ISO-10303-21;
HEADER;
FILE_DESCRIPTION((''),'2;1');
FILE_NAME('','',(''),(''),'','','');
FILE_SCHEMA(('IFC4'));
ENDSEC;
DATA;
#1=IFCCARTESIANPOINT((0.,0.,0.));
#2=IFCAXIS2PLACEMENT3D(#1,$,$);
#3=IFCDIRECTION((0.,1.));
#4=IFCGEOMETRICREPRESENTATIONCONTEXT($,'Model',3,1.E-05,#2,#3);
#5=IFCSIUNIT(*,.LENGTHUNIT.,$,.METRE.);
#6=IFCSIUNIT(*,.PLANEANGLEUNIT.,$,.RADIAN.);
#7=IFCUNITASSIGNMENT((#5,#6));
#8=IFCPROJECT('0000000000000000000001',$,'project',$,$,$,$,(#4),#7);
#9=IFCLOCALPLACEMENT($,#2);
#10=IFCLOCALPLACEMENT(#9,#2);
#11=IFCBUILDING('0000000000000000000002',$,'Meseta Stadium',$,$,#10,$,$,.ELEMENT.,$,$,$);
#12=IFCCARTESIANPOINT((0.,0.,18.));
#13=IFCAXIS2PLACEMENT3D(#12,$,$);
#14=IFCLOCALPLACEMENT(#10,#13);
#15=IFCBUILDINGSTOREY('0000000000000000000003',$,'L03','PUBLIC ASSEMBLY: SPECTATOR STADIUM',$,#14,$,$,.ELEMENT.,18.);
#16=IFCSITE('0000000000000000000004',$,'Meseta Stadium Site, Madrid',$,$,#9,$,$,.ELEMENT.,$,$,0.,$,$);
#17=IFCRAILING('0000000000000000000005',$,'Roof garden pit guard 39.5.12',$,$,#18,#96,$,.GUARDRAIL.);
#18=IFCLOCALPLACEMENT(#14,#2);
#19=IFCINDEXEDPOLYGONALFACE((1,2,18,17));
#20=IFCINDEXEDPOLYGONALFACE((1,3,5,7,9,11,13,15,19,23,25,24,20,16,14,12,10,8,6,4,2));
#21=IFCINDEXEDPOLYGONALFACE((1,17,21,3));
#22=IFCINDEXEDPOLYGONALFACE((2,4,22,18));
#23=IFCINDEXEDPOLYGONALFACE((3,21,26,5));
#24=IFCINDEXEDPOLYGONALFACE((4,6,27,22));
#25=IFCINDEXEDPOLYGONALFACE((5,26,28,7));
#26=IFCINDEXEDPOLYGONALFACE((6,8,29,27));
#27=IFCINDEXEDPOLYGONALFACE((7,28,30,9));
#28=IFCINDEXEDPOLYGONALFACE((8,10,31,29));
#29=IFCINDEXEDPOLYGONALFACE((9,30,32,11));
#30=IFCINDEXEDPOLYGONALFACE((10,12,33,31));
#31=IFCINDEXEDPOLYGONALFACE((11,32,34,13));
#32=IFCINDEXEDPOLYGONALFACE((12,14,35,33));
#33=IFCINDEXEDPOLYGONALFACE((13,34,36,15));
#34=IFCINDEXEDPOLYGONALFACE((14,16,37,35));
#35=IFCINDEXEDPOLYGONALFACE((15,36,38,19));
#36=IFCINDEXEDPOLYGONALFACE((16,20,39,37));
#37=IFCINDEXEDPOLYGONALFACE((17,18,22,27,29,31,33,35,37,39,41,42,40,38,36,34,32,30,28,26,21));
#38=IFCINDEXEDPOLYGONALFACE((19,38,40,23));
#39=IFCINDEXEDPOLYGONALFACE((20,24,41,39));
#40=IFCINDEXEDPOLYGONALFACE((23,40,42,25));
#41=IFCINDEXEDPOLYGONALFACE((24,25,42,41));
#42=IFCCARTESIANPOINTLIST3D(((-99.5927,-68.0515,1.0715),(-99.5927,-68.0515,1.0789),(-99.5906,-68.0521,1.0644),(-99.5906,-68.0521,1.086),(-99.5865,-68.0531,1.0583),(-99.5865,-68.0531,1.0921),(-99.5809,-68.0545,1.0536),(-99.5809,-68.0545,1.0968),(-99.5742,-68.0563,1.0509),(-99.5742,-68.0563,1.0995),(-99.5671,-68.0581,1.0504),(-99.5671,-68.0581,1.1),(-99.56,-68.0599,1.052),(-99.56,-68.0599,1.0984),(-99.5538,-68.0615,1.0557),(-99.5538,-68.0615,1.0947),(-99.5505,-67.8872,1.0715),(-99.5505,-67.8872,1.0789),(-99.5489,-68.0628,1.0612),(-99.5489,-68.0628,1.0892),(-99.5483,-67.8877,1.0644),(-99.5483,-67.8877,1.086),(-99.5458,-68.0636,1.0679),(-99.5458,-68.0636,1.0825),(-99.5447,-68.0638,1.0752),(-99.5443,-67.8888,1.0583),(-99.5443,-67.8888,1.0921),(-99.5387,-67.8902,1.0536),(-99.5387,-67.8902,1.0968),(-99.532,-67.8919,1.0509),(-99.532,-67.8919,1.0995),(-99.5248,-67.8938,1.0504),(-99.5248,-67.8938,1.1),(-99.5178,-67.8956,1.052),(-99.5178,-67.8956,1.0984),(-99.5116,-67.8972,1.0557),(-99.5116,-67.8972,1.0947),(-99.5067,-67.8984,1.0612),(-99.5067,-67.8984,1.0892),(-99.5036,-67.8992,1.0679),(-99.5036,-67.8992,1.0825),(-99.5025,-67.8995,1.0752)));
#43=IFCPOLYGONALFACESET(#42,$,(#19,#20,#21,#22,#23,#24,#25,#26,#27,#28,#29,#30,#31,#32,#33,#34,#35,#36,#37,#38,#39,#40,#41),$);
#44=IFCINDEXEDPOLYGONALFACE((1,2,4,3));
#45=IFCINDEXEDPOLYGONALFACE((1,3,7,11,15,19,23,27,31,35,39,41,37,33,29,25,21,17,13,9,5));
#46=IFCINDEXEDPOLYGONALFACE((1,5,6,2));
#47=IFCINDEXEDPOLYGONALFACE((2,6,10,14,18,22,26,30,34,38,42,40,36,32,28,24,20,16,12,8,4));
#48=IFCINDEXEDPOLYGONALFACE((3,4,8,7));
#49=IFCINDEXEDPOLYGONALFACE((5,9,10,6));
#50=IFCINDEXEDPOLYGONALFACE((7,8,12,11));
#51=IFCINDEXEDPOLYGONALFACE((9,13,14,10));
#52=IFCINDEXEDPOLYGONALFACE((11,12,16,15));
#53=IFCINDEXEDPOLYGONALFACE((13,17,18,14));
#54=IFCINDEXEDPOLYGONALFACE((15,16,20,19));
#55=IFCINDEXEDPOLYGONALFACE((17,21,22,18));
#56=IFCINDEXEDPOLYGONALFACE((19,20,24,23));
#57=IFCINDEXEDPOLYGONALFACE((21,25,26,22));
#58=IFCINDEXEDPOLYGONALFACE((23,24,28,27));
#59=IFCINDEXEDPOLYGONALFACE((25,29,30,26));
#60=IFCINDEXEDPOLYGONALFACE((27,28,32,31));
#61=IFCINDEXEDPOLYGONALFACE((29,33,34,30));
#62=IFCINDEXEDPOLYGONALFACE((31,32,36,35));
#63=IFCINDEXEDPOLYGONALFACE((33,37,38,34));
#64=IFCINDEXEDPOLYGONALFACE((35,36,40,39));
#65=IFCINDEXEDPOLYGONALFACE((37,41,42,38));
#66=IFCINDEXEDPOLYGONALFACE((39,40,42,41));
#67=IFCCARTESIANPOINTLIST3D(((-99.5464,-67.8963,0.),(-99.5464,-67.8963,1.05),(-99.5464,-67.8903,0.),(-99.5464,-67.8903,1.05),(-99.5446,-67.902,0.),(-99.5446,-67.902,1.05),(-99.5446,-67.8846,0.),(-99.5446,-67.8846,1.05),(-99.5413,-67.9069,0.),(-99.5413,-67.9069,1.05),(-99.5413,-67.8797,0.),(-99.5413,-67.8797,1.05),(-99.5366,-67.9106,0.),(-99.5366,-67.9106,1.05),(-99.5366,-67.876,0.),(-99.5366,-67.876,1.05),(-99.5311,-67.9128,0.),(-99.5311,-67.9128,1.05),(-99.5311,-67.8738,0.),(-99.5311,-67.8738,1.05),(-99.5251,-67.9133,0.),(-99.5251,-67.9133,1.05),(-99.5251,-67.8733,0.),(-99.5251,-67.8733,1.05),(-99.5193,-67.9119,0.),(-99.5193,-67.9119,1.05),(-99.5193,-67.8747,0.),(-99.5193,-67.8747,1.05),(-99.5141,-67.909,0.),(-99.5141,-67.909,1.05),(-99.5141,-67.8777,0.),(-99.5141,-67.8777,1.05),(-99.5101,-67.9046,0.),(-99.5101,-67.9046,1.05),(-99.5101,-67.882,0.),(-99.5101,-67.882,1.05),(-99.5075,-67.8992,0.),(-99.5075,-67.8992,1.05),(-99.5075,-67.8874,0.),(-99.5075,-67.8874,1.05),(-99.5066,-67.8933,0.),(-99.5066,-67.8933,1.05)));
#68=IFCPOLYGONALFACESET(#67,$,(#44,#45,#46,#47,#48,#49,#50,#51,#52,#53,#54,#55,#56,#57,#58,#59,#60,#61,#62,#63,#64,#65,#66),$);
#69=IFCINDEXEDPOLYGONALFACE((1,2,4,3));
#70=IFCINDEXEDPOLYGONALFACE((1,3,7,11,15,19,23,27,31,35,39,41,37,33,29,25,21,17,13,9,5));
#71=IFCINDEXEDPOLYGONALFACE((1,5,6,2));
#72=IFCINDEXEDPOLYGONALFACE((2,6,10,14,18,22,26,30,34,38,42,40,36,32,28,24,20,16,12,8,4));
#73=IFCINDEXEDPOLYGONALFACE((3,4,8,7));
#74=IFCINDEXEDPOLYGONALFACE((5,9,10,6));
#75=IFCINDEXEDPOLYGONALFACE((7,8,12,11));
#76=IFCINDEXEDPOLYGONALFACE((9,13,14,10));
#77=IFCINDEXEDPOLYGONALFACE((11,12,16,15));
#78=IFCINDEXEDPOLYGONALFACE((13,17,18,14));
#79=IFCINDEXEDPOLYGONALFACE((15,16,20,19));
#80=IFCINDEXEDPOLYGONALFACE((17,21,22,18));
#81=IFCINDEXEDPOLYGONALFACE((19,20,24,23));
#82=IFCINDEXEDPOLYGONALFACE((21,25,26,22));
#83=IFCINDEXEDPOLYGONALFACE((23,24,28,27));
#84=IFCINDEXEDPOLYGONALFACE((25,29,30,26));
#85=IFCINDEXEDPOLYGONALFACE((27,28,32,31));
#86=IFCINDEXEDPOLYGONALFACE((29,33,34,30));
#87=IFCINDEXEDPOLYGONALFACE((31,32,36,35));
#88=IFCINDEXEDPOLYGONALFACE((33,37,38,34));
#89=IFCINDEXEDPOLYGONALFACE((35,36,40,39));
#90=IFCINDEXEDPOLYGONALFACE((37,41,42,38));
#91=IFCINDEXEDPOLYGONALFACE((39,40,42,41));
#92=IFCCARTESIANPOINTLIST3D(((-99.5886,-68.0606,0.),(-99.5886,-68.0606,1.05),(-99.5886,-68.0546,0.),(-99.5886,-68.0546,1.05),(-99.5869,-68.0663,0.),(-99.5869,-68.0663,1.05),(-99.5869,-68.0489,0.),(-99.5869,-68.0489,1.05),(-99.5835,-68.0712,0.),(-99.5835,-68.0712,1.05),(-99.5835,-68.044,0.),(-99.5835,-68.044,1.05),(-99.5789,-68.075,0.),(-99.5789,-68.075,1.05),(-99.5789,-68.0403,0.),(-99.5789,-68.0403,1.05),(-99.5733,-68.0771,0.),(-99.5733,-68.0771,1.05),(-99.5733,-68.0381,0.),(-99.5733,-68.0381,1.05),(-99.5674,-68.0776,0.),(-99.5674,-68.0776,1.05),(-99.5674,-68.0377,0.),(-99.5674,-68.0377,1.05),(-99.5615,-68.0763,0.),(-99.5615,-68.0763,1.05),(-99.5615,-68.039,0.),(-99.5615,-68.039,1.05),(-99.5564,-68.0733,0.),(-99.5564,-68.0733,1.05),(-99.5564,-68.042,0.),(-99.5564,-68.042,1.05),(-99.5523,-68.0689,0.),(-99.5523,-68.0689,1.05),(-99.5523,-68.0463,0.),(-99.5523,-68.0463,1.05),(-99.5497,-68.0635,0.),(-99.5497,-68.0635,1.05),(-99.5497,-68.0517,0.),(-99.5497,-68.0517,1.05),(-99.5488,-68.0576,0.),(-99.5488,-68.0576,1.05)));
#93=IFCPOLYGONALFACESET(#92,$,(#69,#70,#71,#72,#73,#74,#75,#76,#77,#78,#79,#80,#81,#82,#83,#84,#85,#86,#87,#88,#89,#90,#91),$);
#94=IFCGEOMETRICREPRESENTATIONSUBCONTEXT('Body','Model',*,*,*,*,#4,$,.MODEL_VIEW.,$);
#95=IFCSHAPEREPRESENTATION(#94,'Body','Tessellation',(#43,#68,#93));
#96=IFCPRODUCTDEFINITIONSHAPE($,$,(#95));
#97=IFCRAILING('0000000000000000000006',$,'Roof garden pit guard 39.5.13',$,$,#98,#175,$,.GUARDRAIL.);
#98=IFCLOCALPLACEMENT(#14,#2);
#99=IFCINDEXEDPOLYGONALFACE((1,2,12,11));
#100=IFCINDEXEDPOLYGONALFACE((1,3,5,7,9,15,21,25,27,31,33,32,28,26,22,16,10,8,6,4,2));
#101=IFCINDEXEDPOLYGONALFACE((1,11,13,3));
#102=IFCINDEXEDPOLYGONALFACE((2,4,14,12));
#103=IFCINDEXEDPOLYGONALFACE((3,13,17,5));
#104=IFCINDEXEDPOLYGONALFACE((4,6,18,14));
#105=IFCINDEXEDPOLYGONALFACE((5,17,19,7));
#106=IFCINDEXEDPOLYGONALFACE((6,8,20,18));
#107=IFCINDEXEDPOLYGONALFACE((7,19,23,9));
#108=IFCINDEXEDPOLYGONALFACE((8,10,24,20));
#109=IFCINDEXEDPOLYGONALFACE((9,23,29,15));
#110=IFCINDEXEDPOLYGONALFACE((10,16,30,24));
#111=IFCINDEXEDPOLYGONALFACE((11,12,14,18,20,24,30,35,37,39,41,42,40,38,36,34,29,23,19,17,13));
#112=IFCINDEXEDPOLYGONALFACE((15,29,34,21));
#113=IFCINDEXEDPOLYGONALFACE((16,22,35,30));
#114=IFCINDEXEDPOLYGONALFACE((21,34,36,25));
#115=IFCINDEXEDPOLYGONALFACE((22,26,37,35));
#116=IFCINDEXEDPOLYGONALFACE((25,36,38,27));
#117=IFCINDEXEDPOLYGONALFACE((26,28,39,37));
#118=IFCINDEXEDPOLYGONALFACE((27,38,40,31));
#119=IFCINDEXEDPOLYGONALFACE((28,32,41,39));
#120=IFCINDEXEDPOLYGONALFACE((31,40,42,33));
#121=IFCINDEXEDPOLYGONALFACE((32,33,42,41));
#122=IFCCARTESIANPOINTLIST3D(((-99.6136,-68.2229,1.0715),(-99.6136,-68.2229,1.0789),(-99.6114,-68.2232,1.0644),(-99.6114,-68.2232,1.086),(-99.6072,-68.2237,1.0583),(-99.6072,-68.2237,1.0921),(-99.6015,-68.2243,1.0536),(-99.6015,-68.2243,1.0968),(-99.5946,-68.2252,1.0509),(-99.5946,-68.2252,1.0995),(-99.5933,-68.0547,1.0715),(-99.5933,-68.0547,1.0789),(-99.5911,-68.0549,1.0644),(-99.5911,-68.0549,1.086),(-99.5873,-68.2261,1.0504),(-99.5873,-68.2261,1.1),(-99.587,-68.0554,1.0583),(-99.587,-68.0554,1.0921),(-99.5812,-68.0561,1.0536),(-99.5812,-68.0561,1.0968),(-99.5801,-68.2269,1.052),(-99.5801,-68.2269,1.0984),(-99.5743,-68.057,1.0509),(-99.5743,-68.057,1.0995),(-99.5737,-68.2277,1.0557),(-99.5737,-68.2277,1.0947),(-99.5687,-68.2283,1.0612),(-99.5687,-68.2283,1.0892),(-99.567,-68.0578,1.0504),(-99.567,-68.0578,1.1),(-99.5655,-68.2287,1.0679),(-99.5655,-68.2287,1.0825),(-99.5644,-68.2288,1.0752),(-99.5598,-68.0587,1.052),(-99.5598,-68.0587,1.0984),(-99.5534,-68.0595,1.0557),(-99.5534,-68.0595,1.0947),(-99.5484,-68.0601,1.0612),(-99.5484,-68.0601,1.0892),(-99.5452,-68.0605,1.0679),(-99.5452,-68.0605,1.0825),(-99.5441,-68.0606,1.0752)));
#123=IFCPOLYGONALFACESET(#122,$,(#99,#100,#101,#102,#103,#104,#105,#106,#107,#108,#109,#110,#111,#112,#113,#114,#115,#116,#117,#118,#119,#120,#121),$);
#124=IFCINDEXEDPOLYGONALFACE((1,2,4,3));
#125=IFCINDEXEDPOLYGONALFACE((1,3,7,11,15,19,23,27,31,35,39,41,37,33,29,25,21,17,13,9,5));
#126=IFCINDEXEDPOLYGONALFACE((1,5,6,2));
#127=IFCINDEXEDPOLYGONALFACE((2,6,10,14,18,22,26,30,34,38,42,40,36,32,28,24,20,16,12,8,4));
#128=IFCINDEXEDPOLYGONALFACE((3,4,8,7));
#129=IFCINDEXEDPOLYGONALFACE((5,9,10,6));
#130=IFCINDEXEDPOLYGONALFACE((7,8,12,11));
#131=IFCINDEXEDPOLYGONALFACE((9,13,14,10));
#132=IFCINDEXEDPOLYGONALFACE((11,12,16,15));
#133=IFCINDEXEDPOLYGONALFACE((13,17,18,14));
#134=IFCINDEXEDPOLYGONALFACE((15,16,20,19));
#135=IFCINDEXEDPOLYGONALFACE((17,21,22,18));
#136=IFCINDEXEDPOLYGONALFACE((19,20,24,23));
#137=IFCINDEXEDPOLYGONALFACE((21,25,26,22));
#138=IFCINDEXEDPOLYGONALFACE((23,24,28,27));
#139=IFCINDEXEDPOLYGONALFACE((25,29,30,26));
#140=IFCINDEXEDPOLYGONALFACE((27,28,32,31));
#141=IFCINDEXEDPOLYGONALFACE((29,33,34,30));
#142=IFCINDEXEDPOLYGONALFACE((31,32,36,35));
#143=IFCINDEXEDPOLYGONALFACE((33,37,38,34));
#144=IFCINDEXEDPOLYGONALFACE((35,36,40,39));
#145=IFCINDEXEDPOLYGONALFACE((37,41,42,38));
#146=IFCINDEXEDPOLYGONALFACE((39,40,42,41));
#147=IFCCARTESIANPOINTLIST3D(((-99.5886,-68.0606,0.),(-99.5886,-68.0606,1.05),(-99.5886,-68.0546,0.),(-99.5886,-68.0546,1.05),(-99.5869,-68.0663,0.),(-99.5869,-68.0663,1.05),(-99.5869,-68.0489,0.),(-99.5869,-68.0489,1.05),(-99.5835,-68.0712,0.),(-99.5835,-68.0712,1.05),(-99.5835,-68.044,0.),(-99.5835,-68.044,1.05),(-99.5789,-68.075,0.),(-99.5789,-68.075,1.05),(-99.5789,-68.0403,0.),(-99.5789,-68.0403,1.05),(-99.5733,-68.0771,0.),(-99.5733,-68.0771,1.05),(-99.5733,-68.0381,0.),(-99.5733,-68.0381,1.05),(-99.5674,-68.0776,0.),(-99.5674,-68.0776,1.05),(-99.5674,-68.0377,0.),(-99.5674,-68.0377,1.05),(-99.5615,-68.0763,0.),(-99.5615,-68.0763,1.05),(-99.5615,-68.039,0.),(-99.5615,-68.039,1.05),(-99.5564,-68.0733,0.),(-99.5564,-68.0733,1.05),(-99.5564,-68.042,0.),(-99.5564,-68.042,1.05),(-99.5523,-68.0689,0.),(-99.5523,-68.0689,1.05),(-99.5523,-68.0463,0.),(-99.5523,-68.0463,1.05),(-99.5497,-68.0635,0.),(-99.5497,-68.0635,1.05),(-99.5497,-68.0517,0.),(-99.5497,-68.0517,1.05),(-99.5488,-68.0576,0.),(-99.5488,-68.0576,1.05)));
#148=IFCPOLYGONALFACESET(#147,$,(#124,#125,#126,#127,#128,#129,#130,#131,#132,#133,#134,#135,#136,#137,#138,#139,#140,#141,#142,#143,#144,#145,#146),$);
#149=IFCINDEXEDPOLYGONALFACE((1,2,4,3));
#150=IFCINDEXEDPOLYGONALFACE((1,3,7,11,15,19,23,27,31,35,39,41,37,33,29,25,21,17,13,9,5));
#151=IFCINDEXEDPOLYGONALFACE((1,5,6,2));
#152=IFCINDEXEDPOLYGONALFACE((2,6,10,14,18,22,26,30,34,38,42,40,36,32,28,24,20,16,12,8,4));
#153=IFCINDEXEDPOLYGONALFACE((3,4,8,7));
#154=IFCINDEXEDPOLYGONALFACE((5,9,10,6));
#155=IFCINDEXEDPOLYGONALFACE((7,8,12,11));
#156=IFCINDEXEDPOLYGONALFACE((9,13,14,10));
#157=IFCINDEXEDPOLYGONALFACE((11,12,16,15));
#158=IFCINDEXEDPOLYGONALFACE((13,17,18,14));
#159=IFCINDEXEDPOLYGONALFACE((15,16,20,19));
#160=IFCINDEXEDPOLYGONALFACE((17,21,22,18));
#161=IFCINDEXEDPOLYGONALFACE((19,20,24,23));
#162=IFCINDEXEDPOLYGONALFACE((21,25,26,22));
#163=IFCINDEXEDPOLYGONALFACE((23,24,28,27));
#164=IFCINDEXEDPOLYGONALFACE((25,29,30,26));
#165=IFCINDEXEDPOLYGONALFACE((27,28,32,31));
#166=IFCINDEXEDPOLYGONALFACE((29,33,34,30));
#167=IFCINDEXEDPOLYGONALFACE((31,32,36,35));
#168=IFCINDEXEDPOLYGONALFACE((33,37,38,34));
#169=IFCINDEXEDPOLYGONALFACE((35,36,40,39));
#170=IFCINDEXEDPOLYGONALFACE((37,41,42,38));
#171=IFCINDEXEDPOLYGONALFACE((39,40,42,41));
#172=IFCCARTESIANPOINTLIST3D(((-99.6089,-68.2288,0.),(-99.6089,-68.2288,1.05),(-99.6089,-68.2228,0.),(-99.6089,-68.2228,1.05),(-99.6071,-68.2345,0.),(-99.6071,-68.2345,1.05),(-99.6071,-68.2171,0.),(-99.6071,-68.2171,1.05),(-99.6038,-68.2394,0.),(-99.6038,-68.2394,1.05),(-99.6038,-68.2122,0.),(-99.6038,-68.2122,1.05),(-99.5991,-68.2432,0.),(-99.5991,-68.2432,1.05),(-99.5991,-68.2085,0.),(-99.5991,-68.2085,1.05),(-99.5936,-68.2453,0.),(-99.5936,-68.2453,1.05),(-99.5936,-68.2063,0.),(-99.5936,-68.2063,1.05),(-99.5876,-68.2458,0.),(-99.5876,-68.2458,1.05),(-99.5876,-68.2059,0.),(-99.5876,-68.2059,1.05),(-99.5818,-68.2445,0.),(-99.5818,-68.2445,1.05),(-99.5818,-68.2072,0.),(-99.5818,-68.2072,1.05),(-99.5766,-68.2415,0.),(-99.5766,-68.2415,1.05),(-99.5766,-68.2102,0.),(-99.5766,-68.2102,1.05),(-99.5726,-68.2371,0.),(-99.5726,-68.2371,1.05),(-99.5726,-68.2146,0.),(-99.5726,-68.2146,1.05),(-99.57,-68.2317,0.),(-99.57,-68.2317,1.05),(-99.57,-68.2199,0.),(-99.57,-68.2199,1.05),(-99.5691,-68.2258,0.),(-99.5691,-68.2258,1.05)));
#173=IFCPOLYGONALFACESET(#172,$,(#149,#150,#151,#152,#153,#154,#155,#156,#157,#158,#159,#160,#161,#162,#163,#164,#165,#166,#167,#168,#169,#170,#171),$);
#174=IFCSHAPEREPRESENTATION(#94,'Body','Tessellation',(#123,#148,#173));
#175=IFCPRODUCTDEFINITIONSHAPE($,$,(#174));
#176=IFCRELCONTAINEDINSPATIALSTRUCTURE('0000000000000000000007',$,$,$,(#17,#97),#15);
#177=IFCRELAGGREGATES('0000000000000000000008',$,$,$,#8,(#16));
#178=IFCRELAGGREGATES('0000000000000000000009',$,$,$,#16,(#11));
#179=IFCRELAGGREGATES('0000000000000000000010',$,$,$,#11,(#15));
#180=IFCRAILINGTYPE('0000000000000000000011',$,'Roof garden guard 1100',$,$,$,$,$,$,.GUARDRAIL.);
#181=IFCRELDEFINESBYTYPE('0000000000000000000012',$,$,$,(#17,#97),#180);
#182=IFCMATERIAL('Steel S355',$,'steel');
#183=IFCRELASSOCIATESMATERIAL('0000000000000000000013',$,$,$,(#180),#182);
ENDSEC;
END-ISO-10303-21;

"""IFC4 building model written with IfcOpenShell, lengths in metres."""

from ifc_helpers import new_model, si_unit, direction, frame, origin, origin_2d, place, context, subcontext, project, spatial, circle, extrude, material, type_object, element, save


model = new_model("IFC4")

# Units and contexts
model_context = context("Model", 3, precision=1e-05, world=origin(), true_north=direction((0.0, 1.0)))
body_context = subcontext(model_context, "Body", "Model", "MODEL_VIEW")
ifc_project = project(units=[si_unit("LENGTHUNIT", "METRE"), si_unit("PLANEANGLEUNIT", "RADIAN")], contexts=[model_context])

# Site, building, storey
site_placement = place(None, origin())
site = spatial("IfcSite", under=ifc_project, at=site_placement, Name="Meseta Stadium Site, Madrid", CompositionType="ELEMENT", RefElevation=0.0)
building_placement = place(site_placement, origin())
building = spatial("IfcBuilding", under=site, at=building_placement, Name="Meseta Stadium", CompositionType="ELEMENT")
storey_placement = place(building_placement, frame((0.0, 0.0, 18.0)))
storey = spatial("IfcBuildingStorey", under=building, at=storey_placement, Name="L03", Description="PUBLIC ASSEMBLY: SPECTATOR STADIUM", CompositionType="ELEMENT", Elevation=18.0)

# Railings
ifc_material_1 = material(Name="Steel S355", Category="steel")
railing_type = type_object("IfcRailingType", Name="Roof garden guard 1100", PredefinedType="GUARDRAIL", material=ifc_material_1)
railing_1_placement = place(storey_placement, frame((-99.5266, -67.8933, 0.0)))
element("IfcRailing", 1, at=railing_1_placement, inside=storey, type_object=railing_type, Name="Roof garden pit guard 39.5.12", PredefinedType="GUARDRAIL", context=body_context, shape_type="SweptSolid", body=[
    extrude(circle(Radius=0.0249, at=origin_2d()), frame((0.0, 0.0, 1.0752), z_axis=(-0.248964, -0.968513, 0.0), x_axis=(0.968513, -0.248964, 0.0)), (0.0, 0.0, 1.0), 0.1697),
    extrude(circle(Radius=0.02, at=origin_2d()), origin(), (0.0, 0.0, 1.0), 1.05),
    extrude(circle(Radius=0.02, at=origin_2d()), frame((-0.0422, -0.1643, 0.0)), (0.0, 0.0, 1.0), 1.05),
])
railing_2_placement = place(storey_placement, frame((-99.5688, -68.0576, 0.0)))
element("IfcRailing", 2, at=railing_2_placement, inside=storey, type_object=railing_type, Name="Roof garden pit guard 39.5.13", PredefinedType="GUARDRAIL", context=body_context, shape_type="SweptSolid", body=[
    extrude(circle(Radius=0.0249, at=origin_2d()), frame((0.0, 0.0, 1.0752), z_axis=(-0.1196, -0.992822, 0.0), x_axis=(0.992822, -0.1196, 0.0)), (0.0, 0.0, 1.0), 0.1694),
    extrude(circle(Radius=0.02, at=origin_2d()), origin(), (0.0, 0.0, 1.0), 1.05),
    extrude(circle(Radius=0.02, at=origin_2d()), frame((-0.0203, -0.1682, 0.0)), (0.0, 0.0, 1.0), 1.05),
])

save(model, "model.ifc")
